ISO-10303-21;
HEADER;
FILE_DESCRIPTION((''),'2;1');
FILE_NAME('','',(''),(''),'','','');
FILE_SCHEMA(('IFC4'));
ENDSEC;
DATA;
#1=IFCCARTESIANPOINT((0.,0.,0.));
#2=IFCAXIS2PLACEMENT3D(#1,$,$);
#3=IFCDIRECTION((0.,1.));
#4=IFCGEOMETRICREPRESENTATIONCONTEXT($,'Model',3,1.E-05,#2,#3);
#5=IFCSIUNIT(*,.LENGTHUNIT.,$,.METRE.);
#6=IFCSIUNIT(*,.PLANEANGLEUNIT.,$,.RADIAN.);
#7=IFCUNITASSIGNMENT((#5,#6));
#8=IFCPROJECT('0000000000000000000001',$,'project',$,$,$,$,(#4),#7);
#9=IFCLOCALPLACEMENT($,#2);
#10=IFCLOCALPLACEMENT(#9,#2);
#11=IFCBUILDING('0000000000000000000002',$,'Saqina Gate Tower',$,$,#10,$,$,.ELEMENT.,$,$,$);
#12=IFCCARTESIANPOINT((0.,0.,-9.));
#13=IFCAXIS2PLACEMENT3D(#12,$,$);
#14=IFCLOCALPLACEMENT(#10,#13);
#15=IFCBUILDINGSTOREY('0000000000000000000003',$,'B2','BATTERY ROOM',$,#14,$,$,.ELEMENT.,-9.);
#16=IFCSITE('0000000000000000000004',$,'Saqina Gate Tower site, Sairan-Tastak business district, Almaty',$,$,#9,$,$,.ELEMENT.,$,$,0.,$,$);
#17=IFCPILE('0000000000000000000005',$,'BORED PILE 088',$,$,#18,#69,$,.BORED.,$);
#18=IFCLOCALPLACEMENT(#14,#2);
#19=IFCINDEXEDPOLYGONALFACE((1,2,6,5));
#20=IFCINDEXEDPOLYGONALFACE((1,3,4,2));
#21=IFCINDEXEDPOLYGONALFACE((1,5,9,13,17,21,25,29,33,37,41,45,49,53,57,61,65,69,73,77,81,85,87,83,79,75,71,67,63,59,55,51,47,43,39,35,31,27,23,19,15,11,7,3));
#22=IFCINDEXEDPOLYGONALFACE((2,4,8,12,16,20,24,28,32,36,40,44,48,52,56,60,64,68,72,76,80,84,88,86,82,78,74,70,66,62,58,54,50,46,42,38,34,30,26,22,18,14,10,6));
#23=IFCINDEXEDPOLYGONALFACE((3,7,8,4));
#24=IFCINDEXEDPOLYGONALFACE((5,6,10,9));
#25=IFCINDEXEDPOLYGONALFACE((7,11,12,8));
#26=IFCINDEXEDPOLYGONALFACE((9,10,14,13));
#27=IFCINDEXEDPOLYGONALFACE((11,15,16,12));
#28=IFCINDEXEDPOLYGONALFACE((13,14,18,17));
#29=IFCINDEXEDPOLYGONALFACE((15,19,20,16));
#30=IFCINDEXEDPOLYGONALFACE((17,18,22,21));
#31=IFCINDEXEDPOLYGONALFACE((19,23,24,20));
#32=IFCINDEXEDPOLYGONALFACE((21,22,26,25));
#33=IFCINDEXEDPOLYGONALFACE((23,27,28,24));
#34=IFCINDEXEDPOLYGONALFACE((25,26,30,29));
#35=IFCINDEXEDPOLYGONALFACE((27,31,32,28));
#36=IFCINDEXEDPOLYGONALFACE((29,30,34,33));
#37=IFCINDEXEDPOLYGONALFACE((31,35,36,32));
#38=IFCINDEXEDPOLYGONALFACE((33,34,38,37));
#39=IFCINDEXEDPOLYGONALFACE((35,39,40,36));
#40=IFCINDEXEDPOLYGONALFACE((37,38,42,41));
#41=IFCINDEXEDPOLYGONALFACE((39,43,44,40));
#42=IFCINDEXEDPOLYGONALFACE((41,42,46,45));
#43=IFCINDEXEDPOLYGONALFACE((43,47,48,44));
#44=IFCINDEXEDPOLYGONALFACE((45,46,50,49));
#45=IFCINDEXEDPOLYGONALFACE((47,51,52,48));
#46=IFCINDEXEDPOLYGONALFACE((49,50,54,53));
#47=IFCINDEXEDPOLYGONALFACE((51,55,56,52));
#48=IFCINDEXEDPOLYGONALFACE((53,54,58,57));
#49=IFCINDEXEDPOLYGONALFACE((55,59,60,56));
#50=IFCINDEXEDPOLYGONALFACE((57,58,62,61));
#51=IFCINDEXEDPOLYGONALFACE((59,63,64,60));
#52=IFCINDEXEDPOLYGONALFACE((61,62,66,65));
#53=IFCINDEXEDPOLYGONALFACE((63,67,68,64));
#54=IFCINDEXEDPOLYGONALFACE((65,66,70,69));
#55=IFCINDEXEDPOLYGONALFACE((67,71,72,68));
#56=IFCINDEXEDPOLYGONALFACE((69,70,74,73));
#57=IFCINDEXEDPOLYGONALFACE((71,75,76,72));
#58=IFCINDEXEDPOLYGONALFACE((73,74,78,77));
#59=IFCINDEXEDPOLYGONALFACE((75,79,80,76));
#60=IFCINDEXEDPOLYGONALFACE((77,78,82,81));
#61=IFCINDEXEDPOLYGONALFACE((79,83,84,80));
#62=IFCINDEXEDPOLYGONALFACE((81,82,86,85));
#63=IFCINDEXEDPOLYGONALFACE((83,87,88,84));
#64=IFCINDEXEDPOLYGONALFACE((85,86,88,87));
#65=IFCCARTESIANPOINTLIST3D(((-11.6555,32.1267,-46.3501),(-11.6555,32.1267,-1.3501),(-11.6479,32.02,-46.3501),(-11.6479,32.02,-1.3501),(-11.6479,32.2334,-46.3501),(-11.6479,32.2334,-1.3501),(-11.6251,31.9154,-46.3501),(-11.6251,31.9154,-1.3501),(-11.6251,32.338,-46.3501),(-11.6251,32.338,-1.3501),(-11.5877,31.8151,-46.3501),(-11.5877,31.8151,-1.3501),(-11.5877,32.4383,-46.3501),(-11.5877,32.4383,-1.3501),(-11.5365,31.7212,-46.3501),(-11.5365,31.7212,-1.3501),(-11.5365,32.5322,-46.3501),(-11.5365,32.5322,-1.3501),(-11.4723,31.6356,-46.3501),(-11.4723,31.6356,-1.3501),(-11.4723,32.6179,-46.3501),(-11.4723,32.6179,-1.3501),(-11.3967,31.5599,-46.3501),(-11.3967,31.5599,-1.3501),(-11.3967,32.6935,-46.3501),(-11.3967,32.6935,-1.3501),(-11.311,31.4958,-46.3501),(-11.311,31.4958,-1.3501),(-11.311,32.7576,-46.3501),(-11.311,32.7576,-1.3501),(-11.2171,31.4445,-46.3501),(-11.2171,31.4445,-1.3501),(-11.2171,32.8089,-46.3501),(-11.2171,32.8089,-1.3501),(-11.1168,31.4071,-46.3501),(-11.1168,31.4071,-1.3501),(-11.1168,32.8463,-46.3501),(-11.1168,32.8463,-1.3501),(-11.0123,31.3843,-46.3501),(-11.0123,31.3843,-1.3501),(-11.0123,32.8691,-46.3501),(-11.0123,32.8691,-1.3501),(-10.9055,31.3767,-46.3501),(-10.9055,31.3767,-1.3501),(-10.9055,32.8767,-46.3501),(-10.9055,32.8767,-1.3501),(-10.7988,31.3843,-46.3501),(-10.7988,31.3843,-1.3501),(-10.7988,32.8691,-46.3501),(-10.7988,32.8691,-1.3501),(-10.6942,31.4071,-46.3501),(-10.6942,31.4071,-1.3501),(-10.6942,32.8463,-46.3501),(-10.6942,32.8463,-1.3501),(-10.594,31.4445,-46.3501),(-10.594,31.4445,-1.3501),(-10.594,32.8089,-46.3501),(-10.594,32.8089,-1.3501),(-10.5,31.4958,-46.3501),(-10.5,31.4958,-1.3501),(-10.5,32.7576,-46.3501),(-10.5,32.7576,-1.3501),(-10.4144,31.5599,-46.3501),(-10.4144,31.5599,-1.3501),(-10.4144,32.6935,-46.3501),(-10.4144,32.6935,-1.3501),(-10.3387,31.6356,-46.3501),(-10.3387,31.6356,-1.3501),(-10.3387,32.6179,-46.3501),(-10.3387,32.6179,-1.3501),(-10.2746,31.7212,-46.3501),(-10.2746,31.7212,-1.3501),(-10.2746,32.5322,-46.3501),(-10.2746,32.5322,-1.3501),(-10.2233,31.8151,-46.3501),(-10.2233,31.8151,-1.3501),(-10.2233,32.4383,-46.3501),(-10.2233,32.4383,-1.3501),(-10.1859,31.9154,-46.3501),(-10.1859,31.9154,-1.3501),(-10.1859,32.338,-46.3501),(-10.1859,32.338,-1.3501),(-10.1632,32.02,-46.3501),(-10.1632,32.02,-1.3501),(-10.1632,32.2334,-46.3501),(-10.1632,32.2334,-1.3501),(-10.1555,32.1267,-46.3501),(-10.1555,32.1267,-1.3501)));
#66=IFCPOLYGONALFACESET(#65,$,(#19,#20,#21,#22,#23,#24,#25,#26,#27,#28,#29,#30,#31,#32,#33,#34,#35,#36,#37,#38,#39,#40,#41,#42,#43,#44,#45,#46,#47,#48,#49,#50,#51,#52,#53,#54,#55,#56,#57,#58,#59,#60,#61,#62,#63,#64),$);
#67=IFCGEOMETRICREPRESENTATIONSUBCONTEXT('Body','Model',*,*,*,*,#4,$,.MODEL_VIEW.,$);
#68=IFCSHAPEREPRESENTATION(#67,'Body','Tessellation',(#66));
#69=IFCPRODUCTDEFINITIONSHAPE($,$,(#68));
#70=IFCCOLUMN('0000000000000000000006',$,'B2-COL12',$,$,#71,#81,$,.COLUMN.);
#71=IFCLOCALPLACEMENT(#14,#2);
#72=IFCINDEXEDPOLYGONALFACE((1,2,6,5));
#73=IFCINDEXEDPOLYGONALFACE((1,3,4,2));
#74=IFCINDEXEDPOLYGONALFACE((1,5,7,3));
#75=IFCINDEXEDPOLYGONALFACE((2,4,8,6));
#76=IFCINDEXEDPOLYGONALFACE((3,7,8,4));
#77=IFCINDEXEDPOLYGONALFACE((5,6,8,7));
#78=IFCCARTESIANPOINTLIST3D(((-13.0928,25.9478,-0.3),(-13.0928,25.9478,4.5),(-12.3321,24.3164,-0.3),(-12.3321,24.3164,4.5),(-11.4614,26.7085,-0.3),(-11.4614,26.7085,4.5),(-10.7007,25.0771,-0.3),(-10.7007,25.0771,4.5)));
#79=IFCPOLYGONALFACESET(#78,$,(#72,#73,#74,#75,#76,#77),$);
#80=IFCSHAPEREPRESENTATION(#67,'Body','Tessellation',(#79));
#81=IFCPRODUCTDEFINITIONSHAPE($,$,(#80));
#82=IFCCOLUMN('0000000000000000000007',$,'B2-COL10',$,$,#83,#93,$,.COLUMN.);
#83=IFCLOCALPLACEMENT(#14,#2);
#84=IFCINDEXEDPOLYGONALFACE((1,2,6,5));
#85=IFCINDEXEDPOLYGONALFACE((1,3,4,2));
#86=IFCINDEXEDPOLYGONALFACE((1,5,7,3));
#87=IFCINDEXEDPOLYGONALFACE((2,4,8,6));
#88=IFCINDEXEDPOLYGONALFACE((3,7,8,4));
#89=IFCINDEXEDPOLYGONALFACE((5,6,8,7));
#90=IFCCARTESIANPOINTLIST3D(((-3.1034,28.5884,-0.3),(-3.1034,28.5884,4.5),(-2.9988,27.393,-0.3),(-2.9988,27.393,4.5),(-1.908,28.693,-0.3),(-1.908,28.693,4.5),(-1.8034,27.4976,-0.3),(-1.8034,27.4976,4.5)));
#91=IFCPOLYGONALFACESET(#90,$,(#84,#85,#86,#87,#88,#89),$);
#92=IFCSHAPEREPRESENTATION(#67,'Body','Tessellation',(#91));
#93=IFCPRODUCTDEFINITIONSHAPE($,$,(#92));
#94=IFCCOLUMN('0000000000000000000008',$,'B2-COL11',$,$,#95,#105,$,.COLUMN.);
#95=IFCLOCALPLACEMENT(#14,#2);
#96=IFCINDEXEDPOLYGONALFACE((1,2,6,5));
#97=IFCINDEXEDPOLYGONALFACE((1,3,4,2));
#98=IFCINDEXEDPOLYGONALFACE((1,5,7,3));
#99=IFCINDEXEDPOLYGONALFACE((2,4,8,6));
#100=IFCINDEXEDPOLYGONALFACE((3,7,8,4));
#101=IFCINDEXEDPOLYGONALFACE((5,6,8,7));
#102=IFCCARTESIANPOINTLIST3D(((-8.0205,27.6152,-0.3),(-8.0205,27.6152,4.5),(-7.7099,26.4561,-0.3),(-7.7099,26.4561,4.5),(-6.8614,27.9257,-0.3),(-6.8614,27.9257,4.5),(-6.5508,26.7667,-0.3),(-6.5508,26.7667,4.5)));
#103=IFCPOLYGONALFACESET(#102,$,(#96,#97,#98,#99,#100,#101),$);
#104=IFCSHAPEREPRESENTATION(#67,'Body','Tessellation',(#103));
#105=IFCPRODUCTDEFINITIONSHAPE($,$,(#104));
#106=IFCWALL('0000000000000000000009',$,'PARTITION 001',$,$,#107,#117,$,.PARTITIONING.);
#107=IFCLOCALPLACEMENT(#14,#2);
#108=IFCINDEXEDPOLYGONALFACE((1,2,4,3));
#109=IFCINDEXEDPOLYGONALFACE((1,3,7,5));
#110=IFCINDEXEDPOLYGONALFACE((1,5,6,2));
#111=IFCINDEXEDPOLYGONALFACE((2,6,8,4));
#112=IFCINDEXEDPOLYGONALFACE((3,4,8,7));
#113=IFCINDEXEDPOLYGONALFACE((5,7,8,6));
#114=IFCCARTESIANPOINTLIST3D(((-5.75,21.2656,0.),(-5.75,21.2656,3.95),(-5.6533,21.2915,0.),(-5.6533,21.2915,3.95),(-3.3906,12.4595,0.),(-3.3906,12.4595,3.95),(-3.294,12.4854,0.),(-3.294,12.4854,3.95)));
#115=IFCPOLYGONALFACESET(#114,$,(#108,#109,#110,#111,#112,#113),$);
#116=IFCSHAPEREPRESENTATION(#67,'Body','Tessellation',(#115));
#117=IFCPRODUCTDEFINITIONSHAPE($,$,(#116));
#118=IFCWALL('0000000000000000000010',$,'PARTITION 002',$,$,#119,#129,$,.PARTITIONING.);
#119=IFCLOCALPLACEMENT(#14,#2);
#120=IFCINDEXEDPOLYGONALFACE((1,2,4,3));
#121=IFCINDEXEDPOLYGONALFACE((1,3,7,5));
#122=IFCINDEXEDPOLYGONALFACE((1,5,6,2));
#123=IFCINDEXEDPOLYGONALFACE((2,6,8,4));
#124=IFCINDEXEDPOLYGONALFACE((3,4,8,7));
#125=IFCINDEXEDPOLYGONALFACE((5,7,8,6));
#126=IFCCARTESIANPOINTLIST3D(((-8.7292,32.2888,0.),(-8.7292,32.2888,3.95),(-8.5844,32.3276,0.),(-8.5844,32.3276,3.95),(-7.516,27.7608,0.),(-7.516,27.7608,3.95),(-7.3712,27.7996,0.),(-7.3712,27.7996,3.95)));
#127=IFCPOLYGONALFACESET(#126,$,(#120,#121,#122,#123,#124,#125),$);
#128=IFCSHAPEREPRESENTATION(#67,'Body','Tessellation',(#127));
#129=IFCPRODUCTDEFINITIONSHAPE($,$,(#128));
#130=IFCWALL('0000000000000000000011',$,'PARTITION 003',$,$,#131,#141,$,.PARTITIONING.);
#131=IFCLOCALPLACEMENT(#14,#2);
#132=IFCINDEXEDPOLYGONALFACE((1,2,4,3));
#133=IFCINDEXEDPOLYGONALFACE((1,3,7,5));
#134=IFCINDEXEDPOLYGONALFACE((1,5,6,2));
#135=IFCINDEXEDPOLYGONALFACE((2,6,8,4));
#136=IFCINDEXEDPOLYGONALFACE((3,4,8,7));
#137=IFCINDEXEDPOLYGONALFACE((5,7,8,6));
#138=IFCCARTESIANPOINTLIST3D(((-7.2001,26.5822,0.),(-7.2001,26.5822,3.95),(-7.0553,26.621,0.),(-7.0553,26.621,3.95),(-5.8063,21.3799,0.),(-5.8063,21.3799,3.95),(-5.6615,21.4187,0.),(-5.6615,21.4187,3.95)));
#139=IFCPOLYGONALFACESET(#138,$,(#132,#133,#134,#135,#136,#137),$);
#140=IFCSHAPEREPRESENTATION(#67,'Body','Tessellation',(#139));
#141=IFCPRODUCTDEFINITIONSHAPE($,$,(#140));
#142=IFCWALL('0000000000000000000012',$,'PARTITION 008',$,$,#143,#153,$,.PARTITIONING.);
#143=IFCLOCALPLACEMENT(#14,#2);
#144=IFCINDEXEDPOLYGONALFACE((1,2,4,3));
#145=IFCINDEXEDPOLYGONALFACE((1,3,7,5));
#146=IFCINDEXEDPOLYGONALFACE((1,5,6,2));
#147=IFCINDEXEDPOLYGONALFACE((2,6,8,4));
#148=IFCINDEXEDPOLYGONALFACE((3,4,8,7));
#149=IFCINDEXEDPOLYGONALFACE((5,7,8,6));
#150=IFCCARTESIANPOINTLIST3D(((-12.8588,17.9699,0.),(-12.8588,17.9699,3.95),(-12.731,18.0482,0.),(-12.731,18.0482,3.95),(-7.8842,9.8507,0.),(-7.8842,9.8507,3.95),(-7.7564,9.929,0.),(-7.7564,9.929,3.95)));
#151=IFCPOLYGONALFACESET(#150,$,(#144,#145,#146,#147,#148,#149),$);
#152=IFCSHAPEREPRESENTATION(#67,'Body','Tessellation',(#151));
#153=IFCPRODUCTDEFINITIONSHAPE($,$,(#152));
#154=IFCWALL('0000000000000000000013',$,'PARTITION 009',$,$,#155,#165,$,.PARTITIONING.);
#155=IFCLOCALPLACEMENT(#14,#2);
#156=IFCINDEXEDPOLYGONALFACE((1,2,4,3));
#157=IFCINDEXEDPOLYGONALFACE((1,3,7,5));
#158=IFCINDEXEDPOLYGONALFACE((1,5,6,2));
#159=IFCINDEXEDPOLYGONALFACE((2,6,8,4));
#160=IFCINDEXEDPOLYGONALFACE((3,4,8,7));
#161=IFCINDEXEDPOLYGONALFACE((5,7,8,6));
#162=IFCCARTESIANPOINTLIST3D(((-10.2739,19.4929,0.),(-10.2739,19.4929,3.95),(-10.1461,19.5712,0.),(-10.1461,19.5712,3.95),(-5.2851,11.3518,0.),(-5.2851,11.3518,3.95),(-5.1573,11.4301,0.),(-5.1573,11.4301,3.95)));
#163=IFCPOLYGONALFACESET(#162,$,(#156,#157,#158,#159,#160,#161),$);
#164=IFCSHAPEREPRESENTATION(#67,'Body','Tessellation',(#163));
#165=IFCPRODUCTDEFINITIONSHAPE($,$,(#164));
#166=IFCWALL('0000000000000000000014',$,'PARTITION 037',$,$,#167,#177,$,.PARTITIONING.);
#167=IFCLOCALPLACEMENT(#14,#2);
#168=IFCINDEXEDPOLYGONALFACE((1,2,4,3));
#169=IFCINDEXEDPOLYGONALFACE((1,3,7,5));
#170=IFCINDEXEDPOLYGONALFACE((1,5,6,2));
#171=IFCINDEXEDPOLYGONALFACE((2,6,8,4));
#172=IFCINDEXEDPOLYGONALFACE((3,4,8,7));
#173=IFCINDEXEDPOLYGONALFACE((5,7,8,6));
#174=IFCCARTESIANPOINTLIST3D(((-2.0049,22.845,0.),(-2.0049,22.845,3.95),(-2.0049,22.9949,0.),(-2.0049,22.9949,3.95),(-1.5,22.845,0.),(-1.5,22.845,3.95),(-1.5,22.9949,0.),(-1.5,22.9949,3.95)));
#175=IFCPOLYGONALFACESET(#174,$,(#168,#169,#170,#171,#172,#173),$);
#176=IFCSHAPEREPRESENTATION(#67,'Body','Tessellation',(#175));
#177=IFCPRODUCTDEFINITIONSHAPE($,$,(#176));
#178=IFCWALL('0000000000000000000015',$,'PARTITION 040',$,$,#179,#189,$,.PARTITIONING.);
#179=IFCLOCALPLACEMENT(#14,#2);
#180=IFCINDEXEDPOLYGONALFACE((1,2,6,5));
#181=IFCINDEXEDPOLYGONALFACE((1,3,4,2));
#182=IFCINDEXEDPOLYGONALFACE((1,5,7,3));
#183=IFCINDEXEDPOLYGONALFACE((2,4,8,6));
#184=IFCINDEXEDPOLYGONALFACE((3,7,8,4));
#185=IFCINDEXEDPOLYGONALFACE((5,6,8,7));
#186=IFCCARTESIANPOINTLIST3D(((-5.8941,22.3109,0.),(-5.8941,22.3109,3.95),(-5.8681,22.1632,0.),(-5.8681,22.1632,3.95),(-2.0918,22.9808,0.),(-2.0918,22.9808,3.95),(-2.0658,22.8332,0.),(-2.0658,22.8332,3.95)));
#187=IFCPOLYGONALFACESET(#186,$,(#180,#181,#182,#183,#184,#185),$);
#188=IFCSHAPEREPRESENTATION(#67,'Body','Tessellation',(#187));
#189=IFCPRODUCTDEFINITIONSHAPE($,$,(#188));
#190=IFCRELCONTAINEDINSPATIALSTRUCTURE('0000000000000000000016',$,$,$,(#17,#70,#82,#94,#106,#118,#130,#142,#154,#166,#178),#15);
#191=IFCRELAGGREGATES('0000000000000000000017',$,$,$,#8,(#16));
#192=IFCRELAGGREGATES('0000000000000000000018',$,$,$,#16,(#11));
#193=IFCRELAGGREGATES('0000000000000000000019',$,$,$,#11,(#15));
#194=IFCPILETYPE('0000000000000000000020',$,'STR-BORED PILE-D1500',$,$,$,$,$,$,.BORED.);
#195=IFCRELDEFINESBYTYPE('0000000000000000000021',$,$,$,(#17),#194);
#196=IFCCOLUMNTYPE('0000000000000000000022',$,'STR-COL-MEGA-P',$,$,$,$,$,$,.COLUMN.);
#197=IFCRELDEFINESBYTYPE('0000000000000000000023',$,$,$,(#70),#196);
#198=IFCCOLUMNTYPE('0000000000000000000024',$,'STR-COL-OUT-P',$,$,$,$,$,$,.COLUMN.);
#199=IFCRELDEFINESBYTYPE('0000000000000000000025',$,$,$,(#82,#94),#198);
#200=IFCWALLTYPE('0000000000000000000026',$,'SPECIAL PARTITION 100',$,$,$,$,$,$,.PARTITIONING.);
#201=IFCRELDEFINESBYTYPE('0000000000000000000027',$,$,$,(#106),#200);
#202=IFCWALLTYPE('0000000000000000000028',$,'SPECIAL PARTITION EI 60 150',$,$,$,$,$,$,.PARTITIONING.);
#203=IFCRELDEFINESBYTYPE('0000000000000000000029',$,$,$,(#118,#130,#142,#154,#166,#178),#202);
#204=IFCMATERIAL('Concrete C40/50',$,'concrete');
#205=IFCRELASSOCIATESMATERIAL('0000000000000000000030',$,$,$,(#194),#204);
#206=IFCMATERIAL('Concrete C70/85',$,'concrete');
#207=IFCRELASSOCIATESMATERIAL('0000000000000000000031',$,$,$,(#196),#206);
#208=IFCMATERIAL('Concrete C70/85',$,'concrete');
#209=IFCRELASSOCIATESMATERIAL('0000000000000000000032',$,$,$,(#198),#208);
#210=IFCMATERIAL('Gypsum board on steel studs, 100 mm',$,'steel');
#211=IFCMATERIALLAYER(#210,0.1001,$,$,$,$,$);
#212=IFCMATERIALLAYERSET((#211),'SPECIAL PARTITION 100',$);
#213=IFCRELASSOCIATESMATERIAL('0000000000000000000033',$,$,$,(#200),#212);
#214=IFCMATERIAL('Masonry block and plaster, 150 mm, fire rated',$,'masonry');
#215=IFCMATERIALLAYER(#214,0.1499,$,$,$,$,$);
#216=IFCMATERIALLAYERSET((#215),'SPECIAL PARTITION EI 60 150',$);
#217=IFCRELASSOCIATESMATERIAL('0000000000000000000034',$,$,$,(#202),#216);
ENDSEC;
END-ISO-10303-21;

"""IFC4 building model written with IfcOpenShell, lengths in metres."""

from ifc_helpers import new_model, si_unit, direction, frame, frame_2d, origin, origin_2d, place, context, subcontext, project, spatial, rectangle, circle, extrude, material, layer, layer_set, material_profile, profile_set, type_object, element, save


model = new_model("IFC4")

# Units and contexts
model_context = context("Model", 3, precision=1e-05, world=origin(), true_north=direction((0.0, 1.0)))
body_context = subcontext(model_context, "Body", "Model", "MODEL_VIEW")
ifc_project = project(units=[si_unit("LENGTHUNIT", "METRE"), si_unit("PLANEANGLEUNIT", "RADIAN")], contexts=[model_context])

# Site, building, storey
site_placement = place(None, origin())
site = spatial("IfcSite", under=ifc_project, at=site_placement, Name="Saqina Gate Tower site, Sairan-Tastak business district, Almaty", CompositionType="ELEMENT", RefElevation=0.0)
building_placement = place(site_placement, origin())
building = spatial("IfcBuilding", under=site, at=building_placement, Name="Saqina Gate Tower", CompositionType="ELEMENT")
storey_placement = place(building_placement, frame((0.0, 0.0, -9.0)))
storey = spatial("IfcBuildingStorey", under=building, at=storey_placement, Name="B2", Description="BATTERY ROOM", CompositionType="ELEMENT", Elevation=-9.0)

# Pile
ifc_material_1 = material(Name="Concrete C40/50", Category="concrete")
ifc_material_profile_1 = material_profile(ifc_material_1, circle(Radius=0.75, at=origin_2d()), Name="RC D1500")
ifc_profile_set_1 = profile_set([ifc_material_profile_1], Name="Concrete C40/50")
pile_type = type_object("IfcPileType", Name="STR-BORED PILE-D1500", PredefinedType="BORED", material=ifc_profile_set_1)
for number, where, z_axis, x_axis, name in (
    (1, (-10.9055, 32.1267, -1.3501), (0.0, 0.0, -1.0), (1.0, 0.0, 0.0), "BORED PILE 088"),
):
    element("IfcPile", number, at=place(storey_placement, frame(where, z_axis=z_axis, x_axis=x_axis)), inside=storey, type_object=pile_type, Name=name, PredefinedType="BORED", context=body_context, shape_type="SweptSolid", body=[
        extrude(circle(Radius=0.75, at=origin_2d()), origin(), (0.0, 0.0, 1.0), 45.0),
    ])

# Columns
ifc_material_2 = material(Name="Concrete C70/85", Category="concrete")
ifc_material_profile_2 = material_profile(ifc_material_2, rectangle(XDim=1.8, YDim=1.8, at=origin_2d()), Name="RC 1800x1800")
ifc_profile_set_2 = profile_set([ifc_material_profile_2], Name="Concrete C70/85")
column_type_1 = type_object("IfcColumnType", Name="STR-COL-MEGA-P", PredefinedType="COLUMN", material=ifc_profile_set_2)
column_placement = place(storey_placement, frame((-11.8967, 25.5125, -0.3), z_axis=(0.0, 0.0, 1.0), x_axis=(-0.422618, 0.906308, 0.0)))
element("IfcColumn", 2, at=column_placement, inside=storey, type_object=column_type_1, Name="B2-COL12", PredefinedType="COLUMN", context=body_context, shape_type="SweptSolid", body=[
    extrude(rectangle(XDim=1.8, YDim=1.8, at=origin_2d()), origin(), (0.0, 0.0, 1.0), 4.8),
])
ifc_material_3 = material(Name="Concrete C70/85", Category="concrete")
ifc_material_profile_3 = material_profile(ifc_material_3, rectangle(XDim=1.2, YDim=1.2, at=origin_2d()), Name="RC 1200x1200")
ifc_profile_set_3 = profile_set([ifc_material_profile_3], Name="Concrete C70/85")
column_type_2 = type_object("IfcColumnType", Name="STR-COL-OUT-P", PredefinedType="COLUMN", material=ifc_profile_set_3)
for number, where, z_axis, x_axis, name in (
    (3, (-2.4534, 28.043, -0.3), (0.0, 0.0, 1.0), (-0.087156, 0.996195, 0.0), "B2-COL10"),
    (4, (-7.2856, 27.1909, -0.3), (0.0, 0.0, 1.0), (-0.258819, 0.965926, 0.0), "B2-COL11"),
):
    element("IfcColumn", number, at=place(storey_placement, frame(where, z_axis=z_axis, x_axis=x_axis)), inside=storey, type_object=column_type_2, Name=name, PredefinedType="COLUMN", context=body_context, shape_type="SweptSolid", body=[
        extrude(rectangle(XDim=1.2, YDim=1.2, at=origin_2d()), origin(), (0.0, 0.0, 1.0), 4.8),
    ])

# Walls
ifc_material_4 = material(Name="Gypsum board on steel studs, 100 mm", Category="steel")
ifc_layer_1 = layer(ifc_material_4, 0.1001)
ifc_layer_set_1 = layer_set([ifc_layer_1], Name="SPECIAL PARTITION 100")
wall_type_1 = type_object("IfcWallType", Name="SPECIAL PARTITION 100", PredefinedType="PARTITIONING", material=ifc_layer_set_1)
wall_1_placement = place(storey_placement, frame((-5.7017, 21.2786, 0.0), z_axis=(0.0, 0.0, 1.0), x_axis=(0.258796, -0.965932, 0.0)))
element("IfcWall", 5, at=wall_1_placement, inside=storey, type_object=wall_type_1, Name="PARTITION 001", PredefinedType="PARTITIONING", context=body_context, shape_type="SweptSolid", body=[
    extrude(rectangle(XDim=9.1167, YDim=0.1001, at=frame_2d((4.5583, 0.0))), origin(), (0.0, 0.0, 1.0), 3.95),
])
ifc_material_5 = material(Name="Masonry block and plaster, 150 mm, fire rated", Category="masonry")
ifc_layer_2 = layer(ifc_material_5, 0.1499)
ifc_layer_set_2 = layer_set([ifc_layer_2], Name="SPECIAL PARTITION EI 60 150")
wall_type_2 = type_object("IfcWallType", Name="SPECIAL PARTITION EI 60 150", PredefinedType="PARTITIONING", material=ifc_layer_set_2)
wall_2_placement = place(storey_placement, frame((-8.6567, 32.3081, 0.0), z_axis=(0.0, 0.0, 1.0), x_axis=(0.258787, -0.965934, 0.0)))
element("IfcWall", 6, at=wall_2_placement, inside=storey, type_object=wall_type_2, Name="PARTITION 002", PredefinedType="PARTITIONING", context=body_context, shape_type="SweptSolid", body=[
    extrude(rectangle(XDim=4.6877, YDim=0.1499, at=frame_2d((2.3438, 0.0))), origin(), (0.0, 0.0, 1.0), 3.95),
])
wall_3_placement = place(storey_placement, frame((-7.1277, 26.6016, 0.0), z_axis=(0.0, 0.0, 1.0), x_axis=(0.2588, -0.965931, 0.0)))
element("IfcWall", 7, at=wall_3_placement, inside=storey, type_object=wall_type_2, Name="PARTITION 003", PredefinedType="PARTITIONING", context=body_context, shape_type="SweptSolid", body=[
    extrude(rectangle(XDim=5.3857, YDim=0.1499, at=frame_2d((2.6929, 0.0))), origin(), (0.0, 0.0, 1.0), 3.95),
])
wall_4_placement = place(storey_placement, frame((-12.7949, 18.009, 0.0), z_axis=(0.0, 0.0, 1.0), x_axis=(0.522437, -0.852678, 0.0)))
element("IfcWall", 8, at=wall_4_placement, inside=storey, type_object=wall_type_2, Name="PARTITION 008", PredefinedType="PARTITIONING", context=body_context, shape_type="SweptSolid", body=[
    extrude(rectangle(XDim=9.522, YDim=0.1499, at=frame_2d((4.761, 0.0))), origin(), (0.0, 0.0, 1.0), 3.95),
])
wall_5_placement = place(storey_placement, frame((-10.21, 19.532, 0.0), z_axis=(0.0, 0.0, 1.0), x_axis=(0.52249, -0.852645, 0.0)))
element("IfcWall", 9, at=wall_5_placement, inside=storey, type_object=wall_type_2, Name="PARTITION 009", PredefinedType="PARTITIONING", context=body_context, shape_type="SweptSolid", body=[
    extrude(rectangle(XDim=9.5481, YDim=0.1499, at=frame_2d((4.7739, 0.0))), origin(), (0.0, 0.0, 1.0), 3.95),
])
wall_6_placement = place(storey_placement, frame((-2.0049, 22.9199, 0.0), z_axis=(0.0, 0.0, 1.0), x_axis=(1.0, 0.0, 0.0)))
element("IfcWall", 10, at=wall_6_placement, inside=storey, type_object=wall_type_2, Name="PARTITION 037", PredefinedType="PARTITIONING", context=body_context, shape_type="SweptSolid", body=[
    extrude(rectangle(XDim=0.5049, YDim=0.1499, at=frame_2d((0.2524, 0.0))), origin(), (0.0, 0.0, 1.0), 3.95),
])
wall_7_placement = place(storey_placement, frame((-5.8811, 22.2371, 0.0), z_axis=(0.0, 0.0, 1.0), x_axis=(0.984831, 0.173518, 0.0)))
element("IfcWall", 11, at=wall_7_placement, inside=storey, type_object=wall_type_2, Name="PARTITION 040", PredefinedType="PARTITIONING", context=body_context, shape_type="SweptSolid", body=[
    extrude(rectangle(XDim=3.8608, YDim=0.1499, at=frame_2d((1.9304, 0.0))), origin(), (0.0, 0.0, 1.0), 3.95),
])

save(model, "model.ifc")
